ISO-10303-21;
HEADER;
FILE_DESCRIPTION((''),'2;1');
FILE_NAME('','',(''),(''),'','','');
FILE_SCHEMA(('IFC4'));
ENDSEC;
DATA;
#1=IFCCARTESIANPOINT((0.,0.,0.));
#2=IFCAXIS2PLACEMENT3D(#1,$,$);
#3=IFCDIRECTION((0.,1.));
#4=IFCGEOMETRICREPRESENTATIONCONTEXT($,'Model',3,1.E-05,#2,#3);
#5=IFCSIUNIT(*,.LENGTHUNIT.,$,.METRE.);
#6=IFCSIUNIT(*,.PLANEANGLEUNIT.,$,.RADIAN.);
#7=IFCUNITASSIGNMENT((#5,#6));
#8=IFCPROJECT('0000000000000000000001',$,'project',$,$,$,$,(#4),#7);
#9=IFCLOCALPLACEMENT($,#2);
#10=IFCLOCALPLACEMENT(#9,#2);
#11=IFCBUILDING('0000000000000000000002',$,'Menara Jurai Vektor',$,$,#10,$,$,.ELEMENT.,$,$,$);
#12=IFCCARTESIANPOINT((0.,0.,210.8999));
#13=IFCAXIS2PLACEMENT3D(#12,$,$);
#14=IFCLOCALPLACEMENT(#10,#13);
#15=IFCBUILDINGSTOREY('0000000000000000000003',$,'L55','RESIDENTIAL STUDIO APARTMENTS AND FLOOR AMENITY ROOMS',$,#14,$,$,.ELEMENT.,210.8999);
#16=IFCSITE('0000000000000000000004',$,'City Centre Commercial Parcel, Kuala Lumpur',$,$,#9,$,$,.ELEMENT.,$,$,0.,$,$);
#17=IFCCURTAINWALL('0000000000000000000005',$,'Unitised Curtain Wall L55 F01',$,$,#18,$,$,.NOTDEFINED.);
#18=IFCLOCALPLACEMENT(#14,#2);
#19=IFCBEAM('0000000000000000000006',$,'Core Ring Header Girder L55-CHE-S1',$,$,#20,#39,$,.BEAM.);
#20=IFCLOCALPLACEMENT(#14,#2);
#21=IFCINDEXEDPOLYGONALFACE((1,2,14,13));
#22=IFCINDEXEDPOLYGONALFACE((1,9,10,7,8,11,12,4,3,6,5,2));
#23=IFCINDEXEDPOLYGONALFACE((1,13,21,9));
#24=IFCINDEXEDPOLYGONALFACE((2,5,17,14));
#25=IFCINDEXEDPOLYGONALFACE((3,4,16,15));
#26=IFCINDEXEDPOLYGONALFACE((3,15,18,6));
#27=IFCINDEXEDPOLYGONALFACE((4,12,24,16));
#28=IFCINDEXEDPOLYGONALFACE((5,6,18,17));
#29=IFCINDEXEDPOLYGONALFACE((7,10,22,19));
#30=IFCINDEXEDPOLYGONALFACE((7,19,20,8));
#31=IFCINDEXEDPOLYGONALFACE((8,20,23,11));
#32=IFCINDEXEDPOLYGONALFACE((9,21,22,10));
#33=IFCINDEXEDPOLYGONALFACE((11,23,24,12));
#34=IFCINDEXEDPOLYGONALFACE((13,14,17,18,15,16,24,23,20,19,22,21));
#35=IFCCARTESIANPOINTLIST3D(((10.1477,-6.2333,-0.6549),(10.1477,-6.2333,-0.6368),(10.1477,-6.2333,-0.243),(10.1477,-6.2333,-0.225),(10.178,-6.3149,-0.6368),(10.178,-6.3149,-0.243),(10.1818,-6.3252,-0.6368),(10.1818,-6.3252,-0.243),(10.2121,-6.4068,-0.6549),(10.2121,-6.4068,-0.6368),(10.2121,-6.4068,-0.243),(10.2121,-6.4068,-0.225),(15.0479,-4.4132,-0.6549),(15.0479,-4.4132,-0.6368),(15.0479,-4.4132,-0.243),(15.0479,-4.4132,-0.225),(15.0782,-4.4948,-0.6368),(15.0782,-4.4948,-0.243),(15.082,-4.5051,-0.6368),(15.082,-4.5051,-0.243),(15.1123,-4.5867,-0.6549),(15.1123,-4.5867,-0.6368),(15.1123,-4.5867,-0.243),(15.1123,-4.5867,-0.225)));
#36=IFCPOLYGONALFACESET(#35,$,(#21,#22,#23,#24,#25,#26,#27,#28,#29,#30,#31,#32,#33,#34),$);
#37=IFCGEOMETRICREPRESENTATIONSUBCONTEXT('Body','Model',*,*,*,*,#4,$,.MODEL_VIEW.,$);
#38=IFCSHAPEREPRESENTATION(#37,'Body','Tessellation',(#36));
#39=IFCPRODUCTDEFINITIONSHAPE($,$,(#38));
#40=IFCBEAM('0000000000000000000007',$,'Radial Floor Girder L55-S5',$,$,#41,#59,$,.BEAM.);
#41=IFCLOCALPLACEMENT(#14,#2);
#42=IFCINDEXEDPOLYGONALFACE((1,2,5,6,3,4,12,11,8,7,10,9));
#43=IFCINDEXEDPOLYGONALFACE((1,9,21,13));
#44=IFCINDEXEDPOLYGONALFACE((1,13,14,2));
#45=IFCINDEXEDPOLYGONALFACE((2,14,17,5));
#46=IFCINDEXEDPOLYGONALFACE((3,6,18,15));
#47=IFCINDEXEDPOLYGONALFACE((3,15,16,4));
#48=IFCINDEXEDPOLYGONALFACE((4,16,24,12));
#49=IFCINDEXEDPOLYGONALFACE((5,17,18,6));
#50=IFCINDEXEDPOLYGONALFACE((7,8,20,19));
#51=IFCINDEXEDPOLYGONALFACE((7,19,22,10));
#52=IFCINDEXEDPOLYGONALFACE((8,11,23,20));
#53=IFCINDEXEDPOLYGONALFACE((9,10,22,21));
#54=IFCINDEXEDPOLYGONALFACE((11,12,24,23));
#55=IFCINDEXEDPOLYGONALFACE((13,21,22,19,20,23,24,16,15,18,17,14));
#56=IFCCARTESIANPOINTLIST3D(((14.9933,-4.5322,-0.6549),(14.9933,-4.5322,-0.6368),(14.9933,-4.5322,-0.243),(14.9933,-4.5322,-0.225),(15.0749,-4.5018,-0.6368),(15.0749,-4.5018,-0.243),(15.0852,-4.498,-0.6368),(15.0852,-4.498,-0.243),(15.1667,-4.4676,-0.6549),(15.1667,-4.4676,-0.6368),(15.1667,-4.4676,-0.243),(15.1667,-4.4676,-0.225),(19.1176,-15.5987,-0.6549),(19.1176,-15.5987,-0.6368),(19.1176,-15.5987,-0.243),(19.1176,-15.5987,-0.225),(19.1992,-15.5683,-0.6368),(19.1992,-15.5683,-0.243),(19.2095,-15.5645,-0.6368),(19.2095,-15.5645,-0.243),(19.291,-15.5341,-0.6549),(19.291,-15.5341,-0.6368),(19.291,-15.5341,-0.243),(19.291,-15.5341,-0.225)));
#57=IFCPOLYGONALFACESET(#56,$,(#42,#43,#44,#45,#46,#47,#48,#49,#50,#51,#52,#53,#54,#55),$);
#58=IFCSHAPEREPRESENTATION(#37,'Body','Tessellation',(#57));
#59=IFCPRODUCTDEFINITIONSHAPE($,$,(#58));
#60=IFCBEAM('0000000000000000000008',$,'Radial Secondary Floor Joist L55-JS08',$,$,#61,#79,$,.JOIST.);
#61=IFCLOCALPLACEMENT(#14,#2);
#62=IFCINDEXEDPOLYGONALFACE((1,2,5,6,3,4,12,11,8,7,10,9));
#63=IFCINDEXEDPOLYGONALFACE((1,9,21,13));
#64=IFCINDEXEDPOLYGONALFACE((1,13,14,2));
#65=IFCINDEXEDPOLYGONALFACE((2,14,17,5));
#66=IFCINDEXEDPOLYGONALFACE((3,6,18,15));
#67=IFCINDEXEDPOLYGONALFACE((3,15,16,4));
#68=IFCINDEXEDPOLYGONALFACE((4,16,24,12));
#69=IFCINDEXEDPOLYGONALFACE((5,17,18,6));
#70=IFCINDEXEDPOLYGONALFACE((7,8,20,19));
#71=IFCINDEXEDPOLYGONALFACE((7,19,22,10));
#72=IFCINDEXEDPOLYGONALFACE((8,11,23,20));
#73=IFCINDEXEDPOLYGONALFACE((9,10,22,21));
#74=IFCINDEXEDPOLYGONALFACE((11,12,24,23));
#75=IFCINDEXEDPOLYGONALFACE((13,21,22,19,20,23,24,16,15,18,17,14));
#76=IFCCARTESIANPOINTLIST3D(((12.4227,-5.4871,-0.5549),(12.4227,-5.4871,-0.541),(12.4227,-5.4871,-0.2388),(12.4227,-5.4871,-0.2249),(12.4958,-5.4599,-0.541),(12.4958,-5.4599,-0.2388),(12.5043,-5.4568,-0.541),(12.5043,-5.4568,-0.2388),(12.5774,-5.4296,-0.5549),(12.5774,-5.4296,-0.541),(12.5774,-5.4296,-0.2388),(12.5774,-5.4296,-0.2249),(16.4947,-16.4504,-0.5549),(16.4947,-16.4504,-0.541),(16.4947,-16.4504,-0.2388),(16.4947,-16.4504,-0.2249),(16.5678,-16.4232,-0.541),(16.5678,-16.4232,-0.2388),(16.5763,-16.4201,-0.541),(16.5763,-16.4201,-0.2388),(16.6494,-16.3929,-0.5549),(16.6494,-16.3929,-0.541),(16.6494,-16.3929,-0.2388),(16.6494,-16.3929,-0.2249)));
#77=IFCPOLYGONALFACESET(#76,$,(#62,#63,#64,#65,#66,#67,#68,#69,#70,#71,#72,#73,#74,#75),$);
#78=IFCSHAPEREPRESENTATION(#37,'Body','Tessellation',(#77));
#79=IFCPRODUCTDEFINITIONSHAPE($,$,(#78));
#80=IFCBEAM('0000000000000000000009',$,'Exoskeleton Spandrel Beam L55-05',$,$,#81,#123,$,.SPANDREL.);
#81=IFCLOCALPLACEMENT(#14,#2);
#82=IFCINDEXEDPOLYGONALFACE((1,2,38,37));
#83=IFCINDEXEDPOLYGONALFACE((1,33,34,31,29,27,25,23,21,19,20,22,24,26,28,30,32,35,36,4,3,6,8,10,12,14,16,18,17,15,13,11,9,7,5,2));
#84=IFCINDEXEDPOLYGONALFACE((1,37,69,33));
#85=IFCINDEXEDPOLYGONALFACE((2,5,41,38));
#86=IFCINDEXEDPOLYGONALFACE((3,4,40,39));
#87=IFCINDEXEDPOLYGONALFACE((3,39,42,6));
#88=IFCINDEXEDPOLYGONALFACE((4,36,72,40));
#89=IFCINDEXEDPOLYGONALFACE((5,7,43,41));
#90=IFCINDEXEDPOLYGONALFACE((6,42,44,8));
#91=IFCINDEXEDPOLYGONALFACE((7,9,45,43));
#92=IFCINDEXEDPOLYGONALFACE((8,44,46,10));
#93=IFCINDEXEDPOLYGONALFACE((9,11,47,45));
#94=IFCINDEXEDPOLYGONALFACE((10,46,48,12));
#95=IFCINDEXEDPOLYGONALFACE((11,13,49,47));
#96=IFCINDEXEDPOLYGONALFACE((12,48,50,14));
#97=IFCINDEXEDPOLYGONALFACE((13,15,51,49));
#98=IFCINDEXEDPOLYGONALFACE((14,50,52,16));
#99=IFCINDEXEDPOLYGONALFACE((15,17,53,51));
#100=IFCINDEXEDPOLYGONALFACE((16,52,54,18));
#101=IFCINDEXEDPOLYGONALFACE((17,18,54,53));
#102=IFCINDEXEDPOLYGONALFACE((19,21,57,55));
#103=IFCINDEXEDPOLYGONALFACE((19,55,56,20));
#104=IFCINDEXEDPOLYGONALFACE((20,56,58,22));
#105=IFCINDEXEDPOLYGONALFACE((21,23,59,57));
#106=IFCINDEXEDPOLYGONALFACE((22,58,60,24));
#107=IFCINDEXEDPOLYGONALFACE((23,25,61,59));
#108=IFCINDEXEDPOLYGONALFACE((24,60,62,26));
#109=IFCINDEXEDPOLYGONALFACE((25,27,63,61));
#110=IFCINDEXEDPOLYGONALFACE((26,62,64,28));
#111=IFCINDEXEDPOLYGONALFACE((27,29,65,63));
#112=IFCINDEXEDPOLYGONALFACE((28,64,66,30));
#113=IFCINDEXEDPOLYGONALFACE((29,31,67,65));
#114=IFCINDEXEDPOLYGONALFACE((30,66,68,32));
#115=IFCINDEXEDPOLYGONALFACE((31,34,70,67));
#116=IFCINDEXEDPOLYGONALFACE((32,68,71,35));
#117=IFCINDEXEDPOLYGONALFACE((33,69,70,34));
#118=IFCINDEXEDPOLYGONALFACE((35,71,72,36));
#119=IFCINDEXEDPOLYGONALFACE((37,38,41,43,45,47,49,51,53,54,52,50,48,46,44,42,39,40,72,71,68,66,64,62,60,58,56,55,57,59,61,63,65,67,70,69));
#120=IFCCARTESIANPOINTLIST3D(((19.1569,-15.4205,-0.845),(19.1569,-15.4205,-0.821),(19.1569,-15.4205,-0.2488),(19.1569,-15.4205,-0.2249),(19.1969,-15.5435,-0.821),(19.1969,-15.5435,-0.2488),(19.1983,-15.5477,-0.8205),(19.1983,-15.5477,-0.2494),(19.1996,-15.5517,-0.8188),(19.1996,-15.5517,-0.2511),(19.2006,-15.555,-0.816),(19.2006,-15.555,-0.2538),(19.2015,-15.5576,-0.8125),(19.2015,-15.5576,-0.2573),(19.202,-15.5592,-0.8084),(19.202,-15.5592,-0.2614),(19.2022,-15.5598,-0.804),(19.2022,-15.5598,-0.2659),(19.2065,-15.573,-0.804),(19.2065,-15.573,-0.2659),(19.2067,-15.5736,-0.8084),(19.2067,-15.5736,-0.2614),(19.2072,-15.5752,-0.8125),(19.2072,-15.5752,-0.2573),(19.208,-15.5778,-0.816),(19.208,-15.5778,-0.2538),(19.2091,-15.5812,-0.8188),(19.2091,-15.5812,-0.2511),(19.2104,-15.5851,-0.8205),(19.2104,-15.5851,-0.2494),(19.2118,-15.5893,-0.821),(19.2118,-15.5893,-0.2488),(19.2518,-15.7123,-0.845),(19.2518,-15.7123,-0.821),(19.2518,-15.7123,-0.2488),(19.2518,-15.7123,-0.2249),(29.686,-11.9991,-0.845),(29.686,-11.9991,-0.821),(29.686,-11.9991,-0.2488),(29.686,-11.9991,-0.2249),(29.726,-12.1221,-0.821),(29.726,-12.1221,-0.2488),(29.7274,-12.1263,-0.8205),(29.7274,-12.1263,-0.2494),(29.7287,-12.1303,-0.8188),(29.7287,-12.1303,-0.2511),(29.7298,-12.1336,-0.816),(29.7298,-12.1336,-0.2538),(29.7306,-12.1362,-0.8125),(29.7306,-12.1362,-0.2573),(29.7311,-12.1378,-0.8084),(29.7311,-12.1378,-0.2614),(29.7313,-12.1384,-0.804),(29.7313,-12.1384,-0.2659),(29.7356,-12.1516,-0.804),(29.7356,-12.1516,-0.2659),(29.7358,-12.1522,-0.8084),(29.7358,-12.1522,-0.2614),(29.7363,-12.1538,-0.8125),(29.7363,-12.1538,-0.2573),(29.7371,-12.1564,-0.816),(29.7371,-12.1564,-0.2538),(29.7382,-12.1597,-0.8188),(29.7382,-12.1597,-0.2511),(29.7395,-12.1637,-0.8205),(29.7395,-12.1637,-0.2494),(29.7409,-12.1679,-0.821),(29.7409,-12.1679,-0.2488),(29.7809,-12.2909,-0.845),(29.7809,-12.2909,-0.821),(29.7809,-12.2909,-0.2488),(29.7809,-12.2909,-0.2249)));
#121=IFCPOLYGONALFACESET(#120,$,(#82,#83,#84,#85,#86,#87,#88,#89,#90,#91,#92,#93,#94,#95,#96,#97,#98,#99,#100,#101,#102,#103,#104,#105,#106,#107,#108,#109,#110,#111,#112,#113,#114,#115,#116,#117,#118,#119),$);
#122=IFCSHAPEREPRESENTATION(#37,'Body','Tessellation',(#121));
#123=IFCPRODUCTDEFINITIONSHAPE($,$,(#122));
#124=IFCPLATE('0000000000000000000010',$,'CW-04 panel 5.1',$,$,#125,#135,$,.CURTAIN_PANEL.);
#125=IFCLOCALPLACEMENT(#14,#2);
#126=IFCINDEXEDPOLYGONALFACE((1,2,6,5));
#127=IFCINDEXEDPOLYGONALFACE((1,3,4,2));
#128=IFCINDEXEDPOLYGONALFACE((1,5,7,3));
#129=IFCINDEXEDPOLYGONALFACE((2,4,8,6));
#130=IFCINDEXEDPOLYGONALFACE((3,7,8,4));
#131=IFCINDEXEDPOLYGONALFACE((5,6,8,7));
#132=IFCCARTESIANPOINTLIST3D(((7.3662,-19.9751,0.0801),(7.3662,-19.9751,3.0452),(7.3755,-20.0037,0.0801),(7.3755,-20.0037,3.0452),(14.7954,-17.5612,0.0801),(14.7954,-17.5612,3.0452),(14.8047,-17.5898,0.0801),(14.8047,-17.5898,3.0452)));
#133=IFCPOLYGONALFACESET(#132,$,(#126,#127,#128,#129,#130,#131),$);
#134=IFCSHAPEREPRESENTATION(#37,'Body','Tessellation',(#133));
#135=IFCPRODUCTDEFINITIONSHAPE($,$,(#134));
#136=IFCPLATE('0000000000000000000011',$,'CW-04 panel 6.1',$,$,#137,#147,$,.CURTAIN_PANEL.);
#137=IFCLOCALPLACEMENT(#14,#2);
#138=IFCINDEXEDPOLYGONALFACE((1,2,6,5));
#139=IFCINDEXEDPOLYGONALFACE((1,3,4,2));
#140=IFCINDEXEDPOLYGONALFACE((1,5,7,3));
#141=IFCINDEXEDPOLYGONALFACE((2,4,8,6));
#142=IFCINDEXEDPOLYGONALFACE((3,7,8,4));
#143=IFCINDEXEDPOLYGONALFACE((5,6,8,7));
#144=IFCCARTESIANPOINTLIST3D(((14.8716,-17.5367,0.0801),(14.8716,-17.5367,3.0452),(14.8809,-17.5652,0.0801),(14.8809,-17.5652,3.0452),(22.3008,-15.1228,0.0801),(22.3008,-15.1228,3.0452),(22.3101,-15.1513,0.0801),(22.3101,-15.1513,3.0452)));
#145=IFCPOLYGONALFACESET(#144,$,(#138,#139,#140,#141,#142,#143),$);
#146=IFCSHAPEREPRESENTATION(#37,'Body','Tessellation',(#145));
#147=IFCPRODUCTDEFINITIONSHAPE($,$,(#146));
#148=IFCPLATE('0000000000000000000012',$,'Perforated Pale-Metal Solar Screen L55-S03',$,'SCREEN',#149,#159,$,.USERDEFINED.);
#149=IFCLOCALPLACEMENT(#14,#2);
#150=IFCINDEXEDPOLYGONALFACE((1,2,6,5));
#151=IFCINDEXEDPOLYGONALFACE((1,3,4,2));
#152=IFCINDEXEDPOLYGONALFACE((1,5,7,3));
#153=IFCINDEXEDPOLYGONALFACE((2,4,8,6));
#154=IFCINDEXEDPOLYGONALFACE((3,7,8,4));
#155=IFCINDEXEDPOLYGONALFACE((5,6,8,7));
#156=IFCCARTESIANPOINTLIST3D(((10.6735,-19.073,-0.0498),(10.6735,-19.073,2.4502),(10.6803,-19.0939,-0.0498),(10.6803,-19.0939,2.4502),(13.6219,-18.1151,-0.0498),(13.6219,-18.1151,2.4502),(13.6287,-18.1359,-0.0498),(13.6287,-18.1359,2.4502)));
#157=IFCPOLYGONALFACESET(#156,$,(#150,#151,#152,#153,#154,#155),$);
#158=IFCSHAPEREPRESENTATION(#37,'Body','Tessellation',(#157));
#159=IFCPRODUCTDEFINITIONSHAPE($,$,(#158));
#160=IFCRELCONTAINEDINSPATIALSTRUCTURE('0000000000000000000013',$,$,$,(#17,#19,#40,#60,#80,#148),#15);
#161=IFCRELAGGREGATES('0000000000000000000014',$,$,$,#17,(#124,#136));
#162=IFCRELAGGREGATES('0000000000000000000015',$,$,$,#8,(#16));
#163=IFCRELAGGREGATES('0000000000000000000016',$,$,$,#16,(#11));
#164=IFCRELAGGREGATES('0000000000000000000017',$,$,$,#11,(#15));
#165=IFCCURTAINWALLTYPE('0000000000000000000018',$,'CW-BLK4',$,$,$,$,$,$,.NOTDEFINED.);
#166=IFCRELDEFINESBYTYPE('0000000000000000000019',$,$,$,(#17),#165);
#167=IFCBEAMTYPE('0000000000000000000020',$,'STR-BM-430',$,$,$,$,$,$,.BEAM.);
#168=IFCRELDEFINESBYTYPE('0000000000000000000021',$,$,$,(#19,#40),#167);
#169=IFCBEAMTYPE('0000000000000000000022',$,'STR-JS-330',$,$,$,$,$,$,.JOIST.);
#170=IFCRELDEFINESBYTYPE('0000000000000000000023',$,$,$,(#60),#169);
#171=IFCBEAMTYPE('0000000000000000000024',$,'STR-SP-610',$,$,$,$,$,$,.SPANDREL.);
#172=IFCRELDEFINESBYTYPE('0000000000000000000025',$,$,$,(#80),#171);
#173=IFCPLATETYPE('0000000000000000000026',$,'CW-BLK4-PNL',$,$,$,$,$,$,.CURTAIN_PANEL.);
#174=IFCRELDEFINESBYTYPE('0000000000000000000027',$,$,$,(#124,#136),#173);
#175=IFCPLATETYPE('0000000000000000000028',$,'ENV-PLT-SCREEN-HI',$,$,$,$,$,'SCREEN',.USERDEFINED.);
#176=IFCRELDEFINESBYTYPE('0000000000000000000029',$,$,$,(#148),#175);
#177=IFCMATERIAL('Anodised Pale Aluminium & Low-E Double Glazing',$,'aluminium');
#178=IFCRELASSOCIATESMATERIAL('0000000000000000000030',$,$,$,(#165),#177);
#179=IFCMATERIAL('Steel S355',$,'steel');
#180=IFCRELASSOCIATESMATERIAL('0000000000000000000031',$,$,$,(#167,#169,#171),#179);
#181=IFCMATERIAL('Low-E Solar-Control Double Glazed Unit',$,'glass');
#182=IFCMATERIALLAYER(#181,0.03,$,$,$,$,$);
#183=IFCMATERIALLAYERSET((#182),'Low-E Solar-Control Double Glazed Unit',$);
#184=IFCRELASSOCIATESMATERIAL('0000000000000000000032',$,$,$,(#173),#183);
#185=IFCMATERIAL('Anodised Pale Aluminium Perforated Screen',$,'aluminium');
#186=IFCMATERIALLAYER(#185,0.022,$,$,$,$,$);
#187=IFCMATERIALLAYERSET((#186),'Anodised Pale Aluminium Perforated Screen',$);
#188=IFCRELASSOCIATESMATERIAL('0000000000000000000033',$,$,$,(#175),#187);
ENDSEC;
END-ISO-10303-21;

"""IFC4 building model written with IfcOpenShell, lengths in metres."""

from ifc_helpers import new_model, si_unit, direction, frame, origin, origin_2d, place, context, subcontext, project, spatial, rectangle, i_section, extrude, material, layer, layer_set, material_profile, profile_set, type_object, element, aggregate, save


model = new_model("IFC4")

# Units and contexts
model_context = context("Model", 3, precision=1e-05, world=origin(), true_north=direction((0.0, 1.0)))
body_context = subcontext(model_context, "Body", "Model", "MODEL_VIEW")
ifc_project = project(units=[si_unit("LENGTHUNIT", "METRE"), si_unit("PLANEANGLEUNIT", "RADIAN")], contexts=[model_context])

# Site, building, storey
site_placement = place(None, origin())
site = spatial("IfcSite", under=ifc_project, at=site_placement, Name="City Centre Commercial Parcel, Kuala Lumpur", CompositionType="ELEMENT", RefElevation=0.0)
building_placement = place(site_placement, origin())
building = spatial("IfcBuilding", under=site, at=building_placement, Name="Menara Jurai Vektor", CompositionType="ELEMENT")
storey_placement = place(building_placement, frame((0.0, 0.0, 210.8999)))
storey = spatial("IfcBuildingStorey", under=building, at=storey_placement, Name="L55", Description="RESIDENTIAL STUDIO APARTMENTS AND FLOOR AMENITY ROOMS", CompositionType="ELEMENT", Elevation=210.8999)

# Curtain wall
ifc_material_1 = material(Name="Anodised Pale Aluminium & Low-E Double Glazing", Category="aluminium")
curtain_wall_type = type_object("IfcCurtainWallType", Name="CW-BLK4", PredefinedType="NOTDEFINED", material=ifc_material_1)
curtain_wall_placement = place(storey_placement, origin())
curtain_wall = element("IfcCurtainWall", 1, at=curtain_wall_placement, inside=storey, type_object=curtain_wall_type, Name="Unitised Curtain Wall L55 F01", PredefinedType="NOTDEFINED")

# Beams
ifc_material_2 = material(Name="Steel S355", Category="steel")
ifc_material_profile_1 = material_profile(ifc_material_2, i_section(OverallWidth=0.1851, OverallDepth=0.4299, WebThickness=0.011, FlangeThickness=0.0181, at=origin_2d()), Name="PG 430x185x76")
ifc_profile_set_1 = profile_set([ifc_material_profile_1], Name="Steel S355")
beam_type_1 = type_object("IfcBeamType", Name="STR-BM-430", PredefinedType="BEAM", material=ifc_profile_set_1)
beam_1_placement = place(storey_placement, frame((10.1799, -6.3201, -0.4399), z_axis=(0.937424, 0.348189, 0.0), x_axis=(-0.348189, 0.937424, 0.0)))
element("IfcBeam", 2, at=beam_1_placement, inside=storey, type_object=beam_type_1, Name="Core Ring Header Girder L55-CHE-S1", PredefinedType="BEAM", context=body_context, shape_type="SweptSolid", body=[
    extrude(i_section(OverallWidth=0.1851, OverallDepth=0.4299, WebThickness=0.011, FlangeThickness=0.0181, at=origin_2d()), origin(), (0.0, 0.0, 1.0), 5.2273),
])
beam_2_placement = place(storey_placement, frame((19.2043, -15.5664, -0.4399), z_axis=(-0.34922, 0.937041, 0.0), x_axis=(-0.937041, -0.34922, 0.0)))
element("IfcBeam", 3, at=beam_2_placement, inside=storey, type_object=beam_type_1, Name="Radial Floor Girder L55-S5", PredefinedType="BEAM", context=body_context, shape_type="SweptSolid", body=[
    extrude(i_section(OverallWidth=0.1851, OverallDepth=0.4299, WebThickness=0.011, FlangeThickness=0.0181, at=origin_2d()), origin(), (0.0, 0.0, 1.0), 11.8101),
])
ifc_material_profile_2 = material_profile(ifc_material_2, i_section(OverallWidth=0.165, OverallDepth=0.3301, WebThickness=0.009, FlangeThickness=0.0139, at=origin_2d()), Name="PG 330x165x46")
ifc_profile_set_2 = profile_set([ifc_material_profile_2], Name="Steel S355")
beam_type_2 = type_object("IfcBeamType", Name="STR-JS-330", PredefinedType="JOIST", material=ifc_profile_set_2)
beam_3_placement = place(storey_placement, frame((16.572, -16.4216, -0.3899), z_axis=(-0.34818, 0.937428, 0.0), x_axis=(-0.937428, -0.34818, 0.0)))
element("IfcBeam", 4, at=beam_3_placement, inside=storey, type_object=beam_type_2, Name="Radial Secondary Floor Joist L55-JS08", PredefinedType="JOIST", context=body_context, shape_type="SweptSolid", body=[
    extrude(i_section(OverallWidth=0.165, OverallDepth=0.3301, WebThickness=0.009, FlangeThickness=0.0139, at=origin_2d()), origin(), (0.0, 0.0, 1.0), 11.6951),
])
ifc_material_profile_3 = material_profile(ifc_material_2, i_section(OverallWidth=0.3069, OverallDepth=0.6201, WebThickness=0.0139, FlangeThickness=0.0239, FilletRadius=0.0171, at=origin_2d()), Name="UKB 610x305x179")
ifc_profile_set_3 = profile_set([ifc_material_profile_3], Name="Steel S355")
beam_type_3 = type_object("IfcBeamType", Name="STR-SP-610", PredefinedType="SPANDREL", material=ifc_profile_set_3)
beam_4_placement = place(storey_placement, frame((19.2043, -15.5664, -0.5349), z_axis=(0.951049, 0.309041, 0.0), x_axis=(-0.309041, 0.951049, 0.0)))
element("IfcBeam", 5, at=beam_4_placement, inside=storey, type_object=beam_type_3, Name="Exoskeleton Spandrel Beam L55-05", PredefinedType="SPANDREL", context=body_context, shape_type="SweptSolid", body=[
    extrude(i_section(OverallWidth=0.3069, OverallDepth=0.6201, WebThickness=0.0139, FlangeThickness=0.0239, FilletRadius=0.0171, at=origin_2d()), origin(), (0.0, 0.0, 1.0), 11.071),
])

# Plates
ifc_material_3 = material(Name="Low-E Solar-Control Double Glazed Unit", Category="glass")
ifc_layer_1 = layer(ifc_material_3, 0.03)
ifc_layer_set_1 = layer_set([ifc_layer_1], Name="Low-E Solar-Control Double Glazed Unit")
plate_type_1 = type_object("IfcPlateType", Name="CW-BLK4-PNL", PredefinedType="CURTAIN_PANEL", material=ifc_layer_set_1)
plate_1_placement = place(storey_placement, frame((11.0854, -18.7825, 0.0801), z_axis=(0.0, 0.0, 1.0), x_axis=(0.951056, 0.309017, 0.0)))
plate_1 = element("IfcPlate", 6, at=plate_1_placement, type_object=plate_type_1, Name="CW-04 panel 5.1", PredefinedType="CURTAIN_PANEL", context=body_context, shape_type="SweptSolid", body=[
    extrude(rectangle(XDim=7.8115, YDim=0.03, at=origin_2d()), origin(), (0.0, 0.0, 1.0), 2.9651),
])
plate_2_placement = place(storey_placement, frame((18.5908, -16.344, 0.0801), z_axis=(0.0, 0.0, 1.0), x_axis=(0.951056, 0.309017, 0.0)))
plate_2 = element("IfcPlate", 7, at=plate_2_placement, type_object=plate_type_1, Name="CW-04 panel 6.1", PredefinedType="CURTAIN_PANEL", context=body_context, shape_type="SweptSolid", body=[
    extrude(rectangle(XDim=7.8115, YDim=0.03, at=origin_2d()), origin(), (0.0, 0.0, 1.0), 2.9651),
])
aggregate(curtain_wall, [plate_1, plate_2])
ifc_material_4 = material(Name="Anodised Pale Aluminium Perforated Screen", Category="aluminium")
ifc_layer_2 = layer(ifc_material_4, 0.022)
ifc_layer_set_2 = layer_set([ifc_layer_2], Name="Anodised Pale Aluminium Perforated Screen")
plate_type_2 = type_object("IfcPlateType", Name="ENV-PLT-SCREEN-HI", ElementType="SCREEN", PredefinedType="USERDEFINED", material=ifc_layer_set_2)
plate_3_placement = place(storey_placement, frame((12.1511, -18.6045, -0.0498), z_axis=(0.0, 0.0, 1.0), x_axis=(0.951057, 0.309017, 0.0)))
element("IfcPlate", 8, at=plate_3_placement, inside=storey, type_object=plate_type_2, Name="Perforated Pale-Metal Solar Screen L55-S03", ObjectType="SCREEN", PredefinedType="USERDEFINED", context=body_context, shape_type="SweptSolid", body=[
    extrude(rectangle(XDim=3.1001, YDim=0.022, at=origin_2d()), origin(), (0.0, 0.0, 1.0), 2.5),
])

save(model, "model.ifc")
